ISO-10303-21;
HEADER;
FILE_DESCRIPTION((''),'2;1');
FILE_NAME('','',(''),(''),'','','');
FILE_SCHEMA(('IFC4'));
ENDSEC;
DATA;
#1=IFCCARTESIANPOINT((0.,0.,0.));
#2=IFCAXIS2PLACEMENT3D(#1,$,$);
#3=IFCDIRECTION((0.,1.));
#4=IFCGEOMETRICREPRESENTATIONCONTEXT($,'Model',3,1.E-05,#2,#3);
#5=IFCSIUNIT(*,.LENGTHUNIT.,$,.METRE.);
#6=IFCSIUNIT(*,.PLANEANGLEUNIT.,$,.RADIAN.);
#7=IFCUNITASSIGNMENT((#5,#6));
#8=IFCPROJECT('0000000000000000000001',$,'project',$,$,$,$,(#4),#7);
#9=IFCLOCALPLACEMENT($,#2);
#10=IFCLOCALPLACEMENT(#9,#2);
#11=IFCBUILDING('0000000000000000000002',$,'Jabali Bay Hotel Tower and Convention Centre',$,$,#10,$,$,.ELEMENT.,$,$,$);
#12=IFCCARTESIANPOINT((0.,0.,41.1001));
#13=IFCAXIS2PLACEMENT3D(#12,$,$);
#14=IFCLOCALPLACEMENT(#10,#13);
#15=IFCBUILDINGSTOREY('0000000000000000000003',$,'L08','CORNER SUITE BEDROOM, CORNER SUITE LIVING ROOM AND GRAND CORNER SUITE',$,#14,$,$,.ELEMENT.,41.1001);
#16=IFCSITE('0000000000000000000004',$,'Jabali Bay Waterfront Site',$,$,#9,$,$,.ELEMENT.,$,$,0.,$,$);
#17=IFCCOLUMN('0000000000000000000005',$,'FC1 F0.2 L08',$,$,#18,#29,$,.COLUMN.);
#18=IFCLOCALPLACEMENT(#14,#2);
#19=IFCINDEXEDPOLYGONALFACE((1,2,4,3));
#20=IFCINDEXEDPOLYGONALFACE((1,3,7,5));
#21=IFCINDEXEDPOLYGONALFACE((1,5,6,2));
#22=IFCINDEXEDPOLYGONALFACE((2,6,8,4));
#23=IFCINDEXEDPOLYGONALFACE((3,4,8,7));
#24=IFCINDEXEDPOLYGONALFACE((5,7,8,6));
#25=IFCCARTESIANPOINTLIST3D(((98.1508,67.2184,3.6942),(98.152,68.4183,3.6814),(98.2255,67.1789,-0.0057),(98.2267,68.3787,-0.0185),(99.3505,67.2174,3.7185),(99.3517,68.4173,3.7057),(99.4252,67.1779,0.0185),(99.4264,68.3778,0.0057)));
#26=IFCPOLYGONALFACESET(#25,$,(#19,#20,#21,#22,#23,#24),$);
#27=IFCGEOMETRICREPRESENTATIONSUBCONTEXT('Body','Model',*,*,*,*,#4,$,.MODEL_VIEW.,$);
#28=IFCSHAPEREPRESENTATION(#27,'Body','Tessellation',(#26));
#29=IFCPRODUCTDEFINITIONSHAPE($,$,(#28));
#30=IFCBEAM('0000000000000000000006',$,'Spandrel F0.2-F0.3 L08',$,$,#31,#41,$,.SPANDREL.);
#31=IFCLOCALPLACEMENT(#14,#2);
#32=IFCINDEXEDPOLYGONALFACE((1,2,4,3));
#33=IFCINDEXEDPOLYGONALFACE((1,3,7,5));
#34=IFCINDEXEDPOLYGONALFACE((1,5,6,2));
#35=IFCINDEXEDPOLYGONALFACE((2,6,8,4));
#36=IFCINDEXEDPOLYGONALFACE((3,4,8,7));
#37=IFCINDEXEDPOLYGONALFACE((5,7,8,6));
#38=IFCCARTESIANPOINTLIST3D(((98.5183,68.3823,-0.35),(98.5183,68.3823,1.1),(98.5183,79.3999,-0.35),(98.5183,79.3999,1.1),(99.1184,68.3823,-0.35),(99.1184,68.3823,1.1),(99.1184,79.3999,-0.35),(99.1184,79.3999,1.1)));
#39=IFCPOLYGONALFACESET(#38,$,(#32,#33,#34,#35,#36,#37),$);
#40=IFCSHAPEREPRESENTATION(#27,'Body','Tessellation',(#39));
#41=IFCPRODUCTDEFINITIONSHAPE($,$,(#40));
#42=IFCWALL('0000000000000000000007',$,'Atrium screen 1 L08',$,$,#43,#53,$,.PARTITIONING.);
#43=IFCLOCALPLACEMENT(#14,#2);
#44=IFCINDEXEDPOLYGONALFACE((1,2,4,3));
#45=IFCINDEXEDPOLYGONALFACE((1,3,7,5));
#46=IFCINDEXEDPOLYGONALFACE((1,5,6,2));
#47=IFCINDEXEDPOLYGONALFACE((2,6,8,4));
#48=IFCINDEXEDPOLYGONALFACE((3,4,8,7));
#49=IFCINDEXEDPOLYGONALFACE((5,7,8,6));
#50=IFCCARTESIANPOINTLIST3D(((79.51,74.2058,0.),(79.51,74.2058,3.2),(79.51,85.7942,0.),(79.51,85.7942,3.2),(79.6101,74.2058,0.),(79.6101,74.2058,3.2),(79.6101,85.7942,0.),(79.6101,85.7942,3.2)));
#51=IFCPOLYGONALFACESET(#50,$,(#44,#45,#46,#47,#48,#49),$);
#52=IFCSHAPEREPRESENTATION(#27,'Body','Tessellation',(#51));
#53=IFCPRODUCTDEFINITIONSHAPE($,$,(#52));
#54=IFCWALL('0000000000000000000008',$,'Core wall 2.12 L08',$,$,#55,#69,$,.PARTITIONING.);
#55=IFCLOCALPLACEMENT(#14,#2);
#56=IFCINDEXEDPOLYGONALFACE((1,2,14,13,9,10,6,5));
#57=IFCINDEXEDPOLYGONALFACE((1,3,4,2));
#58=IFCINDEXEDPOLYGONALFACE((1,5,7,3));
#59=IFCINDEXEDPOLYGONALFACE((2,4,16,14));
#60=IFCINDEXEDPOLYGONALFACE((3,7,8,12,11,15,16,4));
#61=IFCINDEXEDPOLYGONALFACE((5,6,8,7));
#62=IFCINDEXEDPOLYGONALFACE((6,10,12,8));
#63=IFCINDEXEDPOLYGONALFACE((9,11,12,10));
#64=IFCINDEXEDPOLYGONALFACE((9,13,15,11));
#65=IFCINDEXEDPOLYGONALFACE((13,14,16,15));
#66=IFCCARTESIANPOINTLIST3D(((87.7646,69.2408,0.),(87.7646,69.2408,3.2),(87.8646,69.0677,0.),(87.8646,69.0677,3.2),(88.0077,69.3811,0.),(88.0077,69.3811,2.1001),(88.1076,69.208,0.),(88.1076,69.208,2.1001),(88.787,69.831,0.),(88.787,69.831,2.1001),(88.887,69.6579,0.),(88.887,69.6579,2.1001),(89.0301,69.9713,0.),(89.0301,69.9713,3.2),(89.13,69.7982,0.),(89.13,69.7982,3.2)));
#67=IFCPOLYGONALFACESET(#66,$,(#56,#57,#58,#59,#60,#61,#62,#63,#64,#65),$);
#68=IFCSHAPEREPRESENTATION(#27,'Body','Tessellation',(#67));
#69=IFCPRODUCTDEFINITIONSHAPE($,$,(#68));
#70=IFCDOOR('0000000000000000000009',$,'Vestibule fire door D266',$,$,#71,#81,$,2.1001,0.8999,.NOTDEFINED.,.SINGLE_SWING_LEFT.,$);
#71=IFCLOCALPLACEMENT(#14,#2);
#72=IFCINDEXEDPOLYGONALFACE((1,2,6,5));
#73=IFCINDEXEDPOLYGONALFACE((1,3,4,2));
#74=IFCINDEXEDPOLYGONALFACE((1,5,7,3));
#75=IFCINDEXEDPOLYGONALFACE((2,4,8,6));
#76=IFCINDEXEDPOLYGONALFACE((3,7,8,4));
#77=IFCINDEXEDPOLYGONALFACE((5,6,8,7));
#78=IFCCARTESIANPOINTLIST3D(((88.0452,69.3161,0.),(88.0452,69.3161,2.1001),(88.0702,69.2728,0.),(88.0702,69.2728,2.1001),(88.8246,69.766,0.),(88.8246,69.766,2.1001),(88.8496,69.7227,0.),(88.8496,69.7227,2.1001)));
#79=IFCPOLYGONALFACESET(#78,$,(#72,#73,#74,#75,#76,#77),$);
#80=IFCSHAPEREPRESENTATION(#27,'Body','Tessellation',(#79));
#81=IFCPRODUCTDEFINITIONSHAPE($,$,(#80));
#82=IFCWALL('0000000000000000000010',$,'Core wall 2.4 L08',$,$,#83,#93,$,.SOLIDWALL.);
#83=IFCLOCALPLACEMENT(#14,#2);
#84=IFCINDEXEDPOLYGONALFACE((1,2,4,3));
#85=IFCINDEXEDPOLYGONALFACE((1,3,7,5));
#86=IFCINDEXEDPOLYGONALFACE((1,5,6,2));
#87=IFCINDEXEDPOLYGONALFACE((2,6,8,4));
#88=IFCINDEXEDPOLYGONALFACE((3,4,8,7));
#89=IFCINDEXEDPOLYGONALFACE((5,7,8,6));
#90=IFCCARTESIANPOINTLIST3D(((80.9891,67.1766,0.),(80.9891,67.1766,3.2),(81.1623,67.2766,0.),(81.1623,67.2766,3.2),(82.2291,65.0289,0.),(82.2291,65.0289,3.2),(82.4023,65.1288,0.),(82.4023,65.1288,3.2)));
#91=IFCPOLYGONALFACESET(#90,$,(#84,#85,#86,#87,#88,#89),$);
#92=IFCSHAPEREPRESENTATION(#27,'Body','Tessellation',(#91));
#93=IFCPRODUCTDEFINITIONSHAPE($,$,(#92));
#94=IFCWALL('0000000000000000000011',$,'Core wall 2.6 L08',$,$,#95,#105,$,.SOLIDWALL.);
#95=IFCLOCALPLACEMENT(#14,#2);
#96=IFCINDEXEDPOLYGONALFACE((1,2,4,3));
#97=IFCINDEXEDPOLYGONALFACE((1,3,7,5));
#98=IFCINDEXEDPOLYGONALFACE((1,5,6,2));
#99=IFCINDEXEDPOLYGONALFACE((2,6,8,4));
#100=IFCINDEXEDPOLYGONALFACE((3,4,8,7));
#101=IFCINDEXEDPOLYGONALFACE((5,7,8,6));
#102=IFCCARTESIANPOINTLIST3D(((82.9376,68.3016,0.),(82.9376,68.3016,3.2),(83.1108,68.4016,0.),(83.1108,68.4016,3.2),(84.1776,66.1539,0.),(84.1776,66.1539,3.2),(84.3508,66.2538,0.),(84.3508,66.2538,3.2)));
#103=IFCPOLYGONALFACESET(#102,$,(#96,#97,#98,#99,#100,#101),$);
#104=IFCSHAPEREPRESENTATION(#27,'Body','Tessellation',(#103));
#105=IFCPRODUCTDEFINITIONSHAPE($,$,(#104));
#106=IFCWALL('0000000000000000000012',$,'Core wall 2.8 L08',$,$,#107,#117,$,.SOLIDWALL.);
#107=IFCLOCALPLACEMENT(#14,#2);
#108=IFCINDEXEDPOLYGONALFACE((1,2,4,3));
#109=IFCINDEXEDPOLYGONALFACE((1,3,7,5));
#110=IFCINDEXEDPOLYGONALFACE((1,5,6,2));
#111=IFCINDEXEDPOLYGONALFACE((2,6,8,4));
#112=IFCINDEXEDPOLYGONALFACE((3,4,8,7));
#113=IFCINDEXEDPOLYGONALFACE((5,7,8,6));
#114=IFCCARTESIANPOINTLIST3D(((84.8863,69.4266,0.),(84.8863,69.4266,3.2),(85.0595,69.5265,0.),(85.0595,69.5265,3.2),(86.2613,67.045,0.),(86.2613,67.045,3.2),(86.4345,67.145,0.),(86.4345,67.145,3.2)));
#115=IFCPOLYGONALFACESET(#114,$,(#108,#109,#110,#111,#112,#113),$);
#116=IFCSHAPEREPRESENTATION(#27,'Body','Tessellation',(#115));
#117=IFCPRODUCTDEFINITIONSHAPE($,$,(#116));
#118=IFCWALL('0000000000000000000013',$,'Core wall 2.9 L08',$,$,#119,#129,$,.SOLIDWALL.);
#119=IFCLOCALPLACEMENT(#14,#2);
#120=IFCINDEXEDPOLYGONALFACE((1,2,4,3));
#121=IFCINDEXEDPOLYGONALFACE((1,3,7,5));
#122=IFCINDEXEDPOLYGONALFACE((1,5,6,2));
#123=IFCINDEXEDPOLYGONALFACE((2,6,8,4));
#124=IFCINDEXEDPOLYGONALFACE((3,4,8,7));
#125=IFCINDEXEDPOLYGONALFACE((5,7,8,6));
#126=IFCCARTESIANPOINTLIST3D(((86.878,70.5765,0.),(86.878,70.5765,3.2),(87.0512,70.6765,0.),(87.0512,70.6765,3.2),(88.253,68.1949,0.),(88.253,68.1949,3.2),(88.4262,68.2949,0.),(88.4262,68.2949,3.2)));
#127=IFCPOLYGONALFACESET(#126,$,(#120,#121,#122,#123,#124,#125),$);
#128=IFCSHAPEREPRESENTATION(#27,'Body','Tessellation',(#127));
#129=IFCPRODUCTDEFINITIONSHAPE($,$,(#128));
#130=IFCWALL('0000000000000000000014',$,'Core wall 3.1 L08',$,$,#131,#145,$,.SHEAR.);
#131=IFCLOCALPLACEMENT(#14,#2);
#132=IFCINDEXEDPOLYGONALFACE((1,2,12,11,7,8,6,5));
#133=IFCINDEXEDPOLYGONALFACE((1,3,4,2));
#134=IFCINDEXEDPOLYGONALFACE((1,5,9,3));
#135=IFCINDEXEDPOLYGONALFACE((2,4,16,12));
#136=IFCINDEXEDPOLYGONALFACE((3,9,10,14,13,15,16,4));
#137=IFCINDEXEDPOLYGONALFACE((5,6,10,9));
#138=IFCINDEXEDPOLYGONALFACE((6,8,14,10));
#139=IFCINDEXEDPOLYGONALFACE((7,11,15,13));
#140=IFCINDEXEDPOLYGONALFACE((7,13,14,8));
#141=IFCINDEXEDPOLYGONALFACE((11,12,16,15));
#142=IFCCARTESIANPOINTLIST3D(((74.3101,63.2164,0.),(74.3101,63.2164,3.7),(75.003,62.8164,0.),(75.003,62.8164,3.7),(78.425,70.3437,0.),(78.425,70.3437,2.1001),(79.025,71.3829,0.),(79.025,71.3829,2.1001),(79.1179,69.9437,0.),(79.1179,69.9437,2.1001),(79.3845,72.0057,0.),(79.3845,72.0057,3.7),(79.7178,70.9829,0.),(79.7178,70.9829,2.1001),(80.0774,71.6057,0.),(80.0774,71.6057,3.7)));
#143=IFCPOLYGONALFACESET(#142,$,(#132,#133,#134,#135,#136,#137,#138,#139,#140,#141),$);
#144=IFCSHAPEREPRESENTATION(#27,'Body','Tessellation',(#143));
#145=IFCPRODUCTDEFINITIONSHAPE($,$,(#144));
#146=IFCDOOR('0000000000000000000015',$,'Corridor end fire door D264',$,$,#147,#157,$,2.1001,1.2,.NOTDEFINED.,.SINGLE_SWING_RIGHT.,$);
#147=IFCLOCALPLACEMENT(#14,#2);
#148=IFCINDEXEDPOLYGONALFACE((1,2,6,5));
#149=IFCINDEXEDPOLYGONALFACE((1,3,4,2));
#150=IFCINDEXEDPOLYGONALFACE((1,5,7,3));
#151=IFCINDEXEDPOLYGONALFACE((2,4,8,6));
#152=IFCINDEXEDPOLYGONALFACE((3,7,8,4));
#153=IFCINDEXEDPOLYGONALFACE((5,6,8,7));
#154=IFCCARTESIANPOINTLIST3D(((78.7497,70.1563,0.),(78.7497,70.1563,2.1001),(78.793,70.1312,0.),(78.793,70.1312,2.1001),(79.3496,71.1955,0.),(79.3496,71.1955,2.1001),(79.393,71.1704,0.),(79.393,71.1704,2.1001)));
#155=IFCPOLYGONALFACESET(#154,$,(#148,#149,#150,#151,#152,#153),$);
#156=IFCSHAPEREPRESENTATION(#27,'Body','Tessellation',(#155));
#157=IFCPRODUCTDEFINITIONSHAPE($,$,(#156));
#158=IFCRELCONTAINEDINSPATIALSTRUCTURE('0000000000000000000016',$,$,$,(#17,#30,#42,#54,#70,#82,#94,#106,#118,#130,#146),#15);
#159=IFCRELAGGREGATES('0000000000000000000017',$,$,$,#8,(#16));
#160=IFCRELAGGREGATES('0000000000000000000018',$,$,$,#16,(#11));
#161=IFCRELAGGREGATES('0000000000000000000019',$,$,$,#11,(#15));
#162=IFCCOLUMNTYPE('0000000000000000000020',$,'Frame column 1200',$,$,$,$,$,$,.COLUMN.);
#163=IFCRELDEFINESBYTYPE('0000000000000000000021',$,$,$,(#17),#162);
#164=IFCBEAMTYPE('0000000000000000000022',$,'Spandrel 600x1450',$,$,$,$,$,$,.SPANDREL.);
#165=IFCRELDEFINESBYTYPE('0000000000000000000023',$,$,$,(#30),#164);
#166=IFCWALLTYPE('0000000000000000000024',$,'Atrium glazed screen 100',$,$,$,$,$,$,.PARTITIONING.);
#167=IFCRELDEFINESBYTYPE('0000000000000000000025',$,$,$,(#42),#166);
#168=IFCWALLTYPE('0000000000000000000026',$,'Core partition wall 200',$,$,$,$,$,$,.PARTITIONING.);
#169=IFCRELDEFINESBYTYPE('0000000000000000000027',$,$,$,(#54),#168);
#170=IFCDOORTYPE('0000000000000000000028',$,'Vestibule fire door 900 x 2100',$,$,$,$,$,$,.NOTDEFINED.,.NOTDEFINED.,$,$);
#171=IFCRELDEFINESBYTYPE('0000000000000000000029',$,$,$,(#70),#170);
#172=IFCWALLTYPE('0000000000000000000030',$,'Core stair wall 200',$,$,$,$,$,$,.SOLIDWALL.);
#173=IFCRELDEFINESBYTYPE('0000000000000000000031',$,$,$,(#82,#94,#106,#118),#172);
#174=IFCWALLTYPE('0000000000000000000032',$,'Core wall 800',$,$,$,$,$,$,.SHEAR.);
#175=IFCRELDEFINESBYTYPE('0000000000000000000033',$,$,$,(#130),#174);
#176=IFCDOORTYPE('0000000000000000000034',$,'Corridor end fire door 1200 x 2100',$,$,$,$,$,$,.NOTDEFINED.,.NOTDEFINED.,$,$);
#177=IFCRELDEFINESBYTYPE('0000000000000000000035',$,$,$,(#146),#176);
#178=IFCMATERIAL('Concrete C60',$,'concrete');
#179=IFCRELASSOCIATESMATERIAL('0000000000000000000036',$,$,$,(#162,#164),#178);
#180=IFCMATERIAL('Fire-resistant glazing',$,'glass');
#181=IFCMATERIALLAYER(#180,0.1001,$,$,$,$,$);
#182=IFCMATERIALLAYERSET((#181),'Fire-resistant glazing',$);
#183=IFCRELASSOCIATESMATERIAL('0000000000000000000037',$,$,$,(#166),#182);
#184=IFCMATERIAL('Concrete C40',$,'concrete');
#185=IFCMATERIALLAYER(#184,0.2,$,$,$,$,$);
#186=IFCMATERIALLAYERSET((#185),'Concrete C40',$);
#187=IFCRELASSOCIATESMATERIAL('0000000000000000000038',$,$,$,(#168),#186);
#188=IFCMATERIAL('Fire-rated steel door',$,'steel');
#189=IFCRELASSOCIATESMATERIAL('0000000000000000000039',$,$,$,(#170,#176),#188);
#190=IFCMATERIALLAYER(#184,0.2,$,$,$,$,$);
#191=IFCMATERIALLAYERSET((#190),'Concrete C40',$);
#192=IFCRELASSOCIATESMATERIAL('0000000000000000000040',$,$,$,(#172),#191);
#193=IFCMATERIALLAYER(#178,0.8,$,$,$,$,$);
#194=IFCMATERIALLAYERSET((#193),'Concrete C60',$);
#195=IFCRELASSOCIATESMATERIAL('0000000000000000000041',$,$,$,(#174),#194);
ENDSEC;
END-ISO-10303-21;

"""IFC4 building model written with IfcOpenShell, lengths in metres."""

from ifc_helpers import new_model, si_unit, direction, frame, frame_2d, origin, origin_2d, place, context, subcontext, project, spatial, rectangle, extrude, material, layer, layer_set, material_profile, profile_set, type_object, element, fill, save


model = new_model("IFC4")

# Units and contexts
model_context = context("Model", 3, precision=1e-05, world=origin(), true_north=direction((0.0, 1.0)))
body_context = subcontext(model_context, "Body", "Model", "MODEL_VIEW")
ifc_project = project(units=[si_unit("LENGTHUNIT", "METRE"), si_unit("PLANEANGLEUNIT", "RADIAN")], contexts=[model_context])

# Site, building, storey
site_placement = place(None, origin())
site = spatial("IfcSite", under=ifc_project, at=site_placement, Name="Jabali Bay Waterfront Site", CompositionType="ELEMENT", RefElevation=0.0)
building_placement = place(site_placement, origin())
building = spatial("IfcBuilding", under=site, at=building_placement, Name="Jabali Bay Hotel Tower and Convention Centre", CompositionType="ELEMENT")
storey_placement = place(building_placement, frame((0.0, 0.0, 41.1001)))
storey = spatial("IfcBuildingStorey", under=building, at=storey_placement, Name="L08", Description="CORNER SUITE BEDROOM, CORNER SUITE LIVING ROOM AND GRAND CORNER SUITE", CompositionType="ELEMENT", Elevation=41.1001)

# Column
ifc_material_1 = material(Name="Concrete C60", Category="concrete")
ifc_material_profile_1 = material_profile(ifc_material_1, rectangle(XDim=1.2, YDim=1.2, at=origin_2d()), Name="Frame column 1200")
ifc_profile_set_1 = profile_set([ifc_material_profile_1], Name="Concrete C60")
column_type = type_object("IfcColumnType", Name="Frame column 1200", PredefinedType="COLUMN", material=ifc_profile_set_1)
column_placement = place(storey_placement, frame((98.8259, 67.7783, 0.0), z_axis=(-0.020186, 0.010687, 0.999739), x_axis=(-0.001023, -0.999943, 0.010668)))
element("IfcColumn", 1, at=column_placement, inside=storey, type_object=column_type, Name="FC1 F0.2 L08", PredefinedType="COLUMN", context=body_context, shape_type="SweptSolid", body=[
    extrude(rectangle(XDim=1.2, YDim=1.2, at=origin_2d()), origin(), (0.0, 0.0, 1.0), 3.7009),
])

# Beam
ifc_material_profile_2 = material_profile(ifc_material_1, rectangle(XDim=0.6001, YDim=1.45, at=origin_2d()), Name="Spandrel 600x1450")
ifc_profile_set_2 = profile_set([ifc_material_profile_2], Name="Concrete C60")
beam_type = type_object("IfcBeamType", Name="Spandrel 600x1450", PredefinedType="SPANDREL", material=ifc_profile_set_2)
beam_placement = place(storey_placement, frame((98.8184, 68.3823, 0.375), z_axis=(0.0, 1.0, 0.0), x_axis=(-1.0, 0.0, 0.0)))
element("IfcBeam", 2, at=beam_placement, inside=storey, type_object=beam_type, Name="Spandrel F0.2-F0.3 L08", PredefinedType="SPANDREL", context=body_context, shape_type="SweptSolid", body=[
    extrude(rectangle(XDim=0.6001, YDim=1.45, at=origin_2d()), origin(), (0.0, 0.0, 1.0), 11.0176),
])

# Wall
ifc_material_2 = material(Name="Fire-resistant glazing", Category="glass")
ifc_layer_1 = layer(ifc_material_2, 0.1001)
ifc_layer_set_1 = layer_set([ifc_layer_1], Name="Fire-resistant glazing")
wall_type_1 = type_object("IfcWallType", Name="Atrium glazed screen 100", PredefinedType="PARTITIONING", material=ifc_layer_set_1)
wall_1_placement = place(storey_placement, frame((79.5601, 74.2058, 0.0), z_axis=(0.0, 0.0, 1.0), x_axis=(0.0, 1.0, 0.0)))
element("IfcWall", 3, at=wall_1_placement, inside=storey, type_object=wall_type_1, Name="Atrium screen 1 L08", PredefinedType="PARTITIONING", context=body_context, shape_type="SweptSolid", body=[
    extrude(rectangle(XDim=11.5884, YDim=0.1001, at=frame_2d((5.7942, 0.0))), origin(), (0.0, 0.0, 1.0), 3.2),
])

# Wall, opening, door
ifc_material_3 = material(Name="Concrete C40", Category="concrete")
ifc_layer_2 = layer(ifc_material_3, 0.2)
ifc_layer_set_2 = layer_set([ifc_layer_2], Name="Concrete C40")
wall_type_2 = type_object("IfcWallType", Name="Core partition wall 200", PredefinedType="PARTITIONING", material=ifc_layer_set_2)
wall_2_placement = place(storey_placement, frame((87.8147, 69.1543, 0.0), z_axis=(0.0, 0.0, 1.0), x_axis=(0.866055, 0.499949, 0.0)))
wall_2 = element("IfcWall", 4, at=wall_2_placement, inside=storey, type_object=wall_type_2, Name="Core wall 2.12 L08", PredefinedType="PARTITIONING", context=body_context, shape_type="SweptSolid", body=[
    extrude(rectangle(XDim=1.4612, YDim=0.2, at=frame_2d((0.7305, 0.0))), origin(), (0.0, 0.0, 1.0), 3.2),
])
opening_1_placement = place(wall_2_placement, frame((0.2805, 0.0, 0.0)))
opening_1 = element("IfcOpeningElement", 5, at=opening_1_placement, cuts=wall_2, PredefinedType="OPENING", context=body_context, shape_type="SweptSolid", body=[
    extrude(rectangle(XDim=0.8999, YDim=2.1001, at=frame_2d((0.45, 1.05))), frame((0.0, 0.1104, 0.0), z_axis=(0.0, -1.0, 0.0), x_axis=(1.0, 0.0, 0.0)), (0.0, 0.0, 1.0), 0.2209),
])
ifc_material_4 = material(Name="Fire-rated steel door", Category="steel")
door_type_1 = type_object("IfcDoorType", Name="Vestibule fire door 900 x 2100", OperationType="NOTDEFINED", PredefinedType="NOTDEFINED", material=ifc_material_4)
door_1_placement = place(opening_1_placement, origin())
door_1 = element("IfcDoor", 6, at=door_1_placement, inside=storey, type_object=door_type_1, Name="Vestibule fire door D266", OperationType="SINGLE_SWING_LEFT", OverallHeight=2.1001, OverallWidth=0.8999, PredefinedType="NOTDEFINED", context=body_context, shape_type="SweptSolid", body=[
    extrude(rectangle(XDim=0.8999, YDim=2.1001, at=frame_2d((0.45, 1.05))), frame((0.0, 0.0249, 0.0), z_axis=(0.0, -1.0, 0.0), x_axis=(1.0, 0.0, 0.0)), (0.0, 0.0, 1.0), 0.05),
])
fill(opening_1, door_1)

# Walls
ifc_layer_3 = layer(ifc_material_3, 0.2)
ifc_layer_set_3 = layer_set([ifc_layer_3], Name="Concrete C40")
wall_type_3 = type_object("IfcWallType", Name="Core stair wall 200", PredefinedType="SOLIDWALL", material=ifc_layer_set_3)
for number, where, z_axis, x_axis, name in (
    (7, (81.0757, 67.2266, 0.0), (0.0, 0.0, 1.0), (0.500004, -0.866023, 0.0), "Core wall 2.4 L08"),
    (8, (83.0242, 68.3516, 0.0), (0.0, 0.0, 1.0), (0.500004, -0.866023, 0.0), "Core wall 2.6 L08"),
):
    element("IfcWall", number, at=place(storey_placement, frame(where, z_axis=z_axis, x_axis=x_axis)), inside=storey, type_object=wall_type_3, Name=name, PredefinedType="SOLIDWALL", context=body_context, shape_type="SweptSolid", body=[
        extrude(rectangle(XDim=2.48, YDim=0.2, at=frame_2d((1.24, 0.0))), origin(), (0.0, 0.0, 1.0), 3.2),
    ])
for number, where, z_axis, x_axis, name in (
    (9, (84.9729, 69.4766, 0.0), (0.0, 0.0, 1.0), (0.499997, -0.866027, 0.0), "Core wall 2.8 L08"),
    (10, (86.9646, 70.6265, 0.0), (0.0, 0.0, 1.0), (0.499997, -0.866027, 0.0), "Core wall 2.9 L08"),
):
    element("IfcWall", number, at=place(storey_placement, frame(where, z_axis=z_axis, x_axis=x_axis)), inside=storey, type_object=wall_type_3, Name=name, PredefinedType="SOLIDWALL", context=body_context, shape_type="SweptSolid", body=[
        extrude(rectangle(XDim=2.75, YDim=0.2, at=frame_2d((1.375, 0.0))), origin(), (0.0, 0.0, 1.0), 3.2),
    ])

# Wall, opening, door
ifc_layer_4 = layer(ifc_material_1, 0.8)
ifc_layer_set_4 = layer_set([ifc_layer_4], Name="Concrete C60")
wall_type_4 = type_object("IfcWallType", Name="Core wall 800", PredefinedType="SHEAR", material=ifc_layer_set_4)
wall_3_placement = place(storey_placement, frame((79.731, 71.8057, 0.0), z_axis=(0.0, 0.0, 1.0), x_axis=(-0.499997, -0.866027, 0.0)))
wall_3 = element("IfcWall", 11, at=wall_3_placement, inside=storey, type_object=wall_type_4, Name="Core wall 3.1 L08", PredefinedType="SHEAR", context=body_context, shape_type="SweptSolid", body=[
    extrude(rectangle(XDim=10.1489, YDim=0.8, at=frame_2d((5.0745, 0.0))), origin(), (0.0, 0.0, 1.0), 3.7),
])
opening_2_placement = place(wall_3_placement, frame((0.719, 0.0, 0.0)))
opening_2 = element("IfcOpeningElement", 12, at=opening_2_placement, cuts=wall_3, PredefinedType="OPENING", context=body_context, shape_type="SweptSolid", body=[
    extrude(rectangle(XDim=1.2, YDim=2.1001, at=frame_2d((0.6001, 1.05))), frame((0.0, 0.4106, 0.0), z_axis=(0.0, -1.0, 0.0), x_axis=(1.0, 0.0, 0.0)), (0.0, 0.0, 1.0), 0.821),
])
door_type_2 = type_object("IfcDoorType", Name="Corridor end fire door 1200 x 2100", OperationType="NOTDEFINED", PredefinedType="NOTDEFINED", material=ifc_material_4)
door_2_placement = place(opening_2_placement, origin())
door_2 = element("IfcDoor", 13, at=door_2_placement, inside=storey, type_object=door_type_2, Name="Corridor end fire door D264", OperationType="SINGLE_SWING_RIGHT", OverallHeight=2.1001, OverallWidth=1.2, PredefinedType="NOTDEFINED", context=body_context, shape_type="SweptSolid", body=[
    extrude(rectangle(XDim=1.2, YDim=2.1001, at=frame_2d((0.6001, 1.05))), frame((0.0, 0.0249, 0.0), z_axis=(0.0, -1.0, 0.0), x_axis=(1.0, 0.0, 0.0)), (0.0, 0.0, 1.0), 0.05),
])
fill(opening_2, door_2)

save(model, "model.ifc")
